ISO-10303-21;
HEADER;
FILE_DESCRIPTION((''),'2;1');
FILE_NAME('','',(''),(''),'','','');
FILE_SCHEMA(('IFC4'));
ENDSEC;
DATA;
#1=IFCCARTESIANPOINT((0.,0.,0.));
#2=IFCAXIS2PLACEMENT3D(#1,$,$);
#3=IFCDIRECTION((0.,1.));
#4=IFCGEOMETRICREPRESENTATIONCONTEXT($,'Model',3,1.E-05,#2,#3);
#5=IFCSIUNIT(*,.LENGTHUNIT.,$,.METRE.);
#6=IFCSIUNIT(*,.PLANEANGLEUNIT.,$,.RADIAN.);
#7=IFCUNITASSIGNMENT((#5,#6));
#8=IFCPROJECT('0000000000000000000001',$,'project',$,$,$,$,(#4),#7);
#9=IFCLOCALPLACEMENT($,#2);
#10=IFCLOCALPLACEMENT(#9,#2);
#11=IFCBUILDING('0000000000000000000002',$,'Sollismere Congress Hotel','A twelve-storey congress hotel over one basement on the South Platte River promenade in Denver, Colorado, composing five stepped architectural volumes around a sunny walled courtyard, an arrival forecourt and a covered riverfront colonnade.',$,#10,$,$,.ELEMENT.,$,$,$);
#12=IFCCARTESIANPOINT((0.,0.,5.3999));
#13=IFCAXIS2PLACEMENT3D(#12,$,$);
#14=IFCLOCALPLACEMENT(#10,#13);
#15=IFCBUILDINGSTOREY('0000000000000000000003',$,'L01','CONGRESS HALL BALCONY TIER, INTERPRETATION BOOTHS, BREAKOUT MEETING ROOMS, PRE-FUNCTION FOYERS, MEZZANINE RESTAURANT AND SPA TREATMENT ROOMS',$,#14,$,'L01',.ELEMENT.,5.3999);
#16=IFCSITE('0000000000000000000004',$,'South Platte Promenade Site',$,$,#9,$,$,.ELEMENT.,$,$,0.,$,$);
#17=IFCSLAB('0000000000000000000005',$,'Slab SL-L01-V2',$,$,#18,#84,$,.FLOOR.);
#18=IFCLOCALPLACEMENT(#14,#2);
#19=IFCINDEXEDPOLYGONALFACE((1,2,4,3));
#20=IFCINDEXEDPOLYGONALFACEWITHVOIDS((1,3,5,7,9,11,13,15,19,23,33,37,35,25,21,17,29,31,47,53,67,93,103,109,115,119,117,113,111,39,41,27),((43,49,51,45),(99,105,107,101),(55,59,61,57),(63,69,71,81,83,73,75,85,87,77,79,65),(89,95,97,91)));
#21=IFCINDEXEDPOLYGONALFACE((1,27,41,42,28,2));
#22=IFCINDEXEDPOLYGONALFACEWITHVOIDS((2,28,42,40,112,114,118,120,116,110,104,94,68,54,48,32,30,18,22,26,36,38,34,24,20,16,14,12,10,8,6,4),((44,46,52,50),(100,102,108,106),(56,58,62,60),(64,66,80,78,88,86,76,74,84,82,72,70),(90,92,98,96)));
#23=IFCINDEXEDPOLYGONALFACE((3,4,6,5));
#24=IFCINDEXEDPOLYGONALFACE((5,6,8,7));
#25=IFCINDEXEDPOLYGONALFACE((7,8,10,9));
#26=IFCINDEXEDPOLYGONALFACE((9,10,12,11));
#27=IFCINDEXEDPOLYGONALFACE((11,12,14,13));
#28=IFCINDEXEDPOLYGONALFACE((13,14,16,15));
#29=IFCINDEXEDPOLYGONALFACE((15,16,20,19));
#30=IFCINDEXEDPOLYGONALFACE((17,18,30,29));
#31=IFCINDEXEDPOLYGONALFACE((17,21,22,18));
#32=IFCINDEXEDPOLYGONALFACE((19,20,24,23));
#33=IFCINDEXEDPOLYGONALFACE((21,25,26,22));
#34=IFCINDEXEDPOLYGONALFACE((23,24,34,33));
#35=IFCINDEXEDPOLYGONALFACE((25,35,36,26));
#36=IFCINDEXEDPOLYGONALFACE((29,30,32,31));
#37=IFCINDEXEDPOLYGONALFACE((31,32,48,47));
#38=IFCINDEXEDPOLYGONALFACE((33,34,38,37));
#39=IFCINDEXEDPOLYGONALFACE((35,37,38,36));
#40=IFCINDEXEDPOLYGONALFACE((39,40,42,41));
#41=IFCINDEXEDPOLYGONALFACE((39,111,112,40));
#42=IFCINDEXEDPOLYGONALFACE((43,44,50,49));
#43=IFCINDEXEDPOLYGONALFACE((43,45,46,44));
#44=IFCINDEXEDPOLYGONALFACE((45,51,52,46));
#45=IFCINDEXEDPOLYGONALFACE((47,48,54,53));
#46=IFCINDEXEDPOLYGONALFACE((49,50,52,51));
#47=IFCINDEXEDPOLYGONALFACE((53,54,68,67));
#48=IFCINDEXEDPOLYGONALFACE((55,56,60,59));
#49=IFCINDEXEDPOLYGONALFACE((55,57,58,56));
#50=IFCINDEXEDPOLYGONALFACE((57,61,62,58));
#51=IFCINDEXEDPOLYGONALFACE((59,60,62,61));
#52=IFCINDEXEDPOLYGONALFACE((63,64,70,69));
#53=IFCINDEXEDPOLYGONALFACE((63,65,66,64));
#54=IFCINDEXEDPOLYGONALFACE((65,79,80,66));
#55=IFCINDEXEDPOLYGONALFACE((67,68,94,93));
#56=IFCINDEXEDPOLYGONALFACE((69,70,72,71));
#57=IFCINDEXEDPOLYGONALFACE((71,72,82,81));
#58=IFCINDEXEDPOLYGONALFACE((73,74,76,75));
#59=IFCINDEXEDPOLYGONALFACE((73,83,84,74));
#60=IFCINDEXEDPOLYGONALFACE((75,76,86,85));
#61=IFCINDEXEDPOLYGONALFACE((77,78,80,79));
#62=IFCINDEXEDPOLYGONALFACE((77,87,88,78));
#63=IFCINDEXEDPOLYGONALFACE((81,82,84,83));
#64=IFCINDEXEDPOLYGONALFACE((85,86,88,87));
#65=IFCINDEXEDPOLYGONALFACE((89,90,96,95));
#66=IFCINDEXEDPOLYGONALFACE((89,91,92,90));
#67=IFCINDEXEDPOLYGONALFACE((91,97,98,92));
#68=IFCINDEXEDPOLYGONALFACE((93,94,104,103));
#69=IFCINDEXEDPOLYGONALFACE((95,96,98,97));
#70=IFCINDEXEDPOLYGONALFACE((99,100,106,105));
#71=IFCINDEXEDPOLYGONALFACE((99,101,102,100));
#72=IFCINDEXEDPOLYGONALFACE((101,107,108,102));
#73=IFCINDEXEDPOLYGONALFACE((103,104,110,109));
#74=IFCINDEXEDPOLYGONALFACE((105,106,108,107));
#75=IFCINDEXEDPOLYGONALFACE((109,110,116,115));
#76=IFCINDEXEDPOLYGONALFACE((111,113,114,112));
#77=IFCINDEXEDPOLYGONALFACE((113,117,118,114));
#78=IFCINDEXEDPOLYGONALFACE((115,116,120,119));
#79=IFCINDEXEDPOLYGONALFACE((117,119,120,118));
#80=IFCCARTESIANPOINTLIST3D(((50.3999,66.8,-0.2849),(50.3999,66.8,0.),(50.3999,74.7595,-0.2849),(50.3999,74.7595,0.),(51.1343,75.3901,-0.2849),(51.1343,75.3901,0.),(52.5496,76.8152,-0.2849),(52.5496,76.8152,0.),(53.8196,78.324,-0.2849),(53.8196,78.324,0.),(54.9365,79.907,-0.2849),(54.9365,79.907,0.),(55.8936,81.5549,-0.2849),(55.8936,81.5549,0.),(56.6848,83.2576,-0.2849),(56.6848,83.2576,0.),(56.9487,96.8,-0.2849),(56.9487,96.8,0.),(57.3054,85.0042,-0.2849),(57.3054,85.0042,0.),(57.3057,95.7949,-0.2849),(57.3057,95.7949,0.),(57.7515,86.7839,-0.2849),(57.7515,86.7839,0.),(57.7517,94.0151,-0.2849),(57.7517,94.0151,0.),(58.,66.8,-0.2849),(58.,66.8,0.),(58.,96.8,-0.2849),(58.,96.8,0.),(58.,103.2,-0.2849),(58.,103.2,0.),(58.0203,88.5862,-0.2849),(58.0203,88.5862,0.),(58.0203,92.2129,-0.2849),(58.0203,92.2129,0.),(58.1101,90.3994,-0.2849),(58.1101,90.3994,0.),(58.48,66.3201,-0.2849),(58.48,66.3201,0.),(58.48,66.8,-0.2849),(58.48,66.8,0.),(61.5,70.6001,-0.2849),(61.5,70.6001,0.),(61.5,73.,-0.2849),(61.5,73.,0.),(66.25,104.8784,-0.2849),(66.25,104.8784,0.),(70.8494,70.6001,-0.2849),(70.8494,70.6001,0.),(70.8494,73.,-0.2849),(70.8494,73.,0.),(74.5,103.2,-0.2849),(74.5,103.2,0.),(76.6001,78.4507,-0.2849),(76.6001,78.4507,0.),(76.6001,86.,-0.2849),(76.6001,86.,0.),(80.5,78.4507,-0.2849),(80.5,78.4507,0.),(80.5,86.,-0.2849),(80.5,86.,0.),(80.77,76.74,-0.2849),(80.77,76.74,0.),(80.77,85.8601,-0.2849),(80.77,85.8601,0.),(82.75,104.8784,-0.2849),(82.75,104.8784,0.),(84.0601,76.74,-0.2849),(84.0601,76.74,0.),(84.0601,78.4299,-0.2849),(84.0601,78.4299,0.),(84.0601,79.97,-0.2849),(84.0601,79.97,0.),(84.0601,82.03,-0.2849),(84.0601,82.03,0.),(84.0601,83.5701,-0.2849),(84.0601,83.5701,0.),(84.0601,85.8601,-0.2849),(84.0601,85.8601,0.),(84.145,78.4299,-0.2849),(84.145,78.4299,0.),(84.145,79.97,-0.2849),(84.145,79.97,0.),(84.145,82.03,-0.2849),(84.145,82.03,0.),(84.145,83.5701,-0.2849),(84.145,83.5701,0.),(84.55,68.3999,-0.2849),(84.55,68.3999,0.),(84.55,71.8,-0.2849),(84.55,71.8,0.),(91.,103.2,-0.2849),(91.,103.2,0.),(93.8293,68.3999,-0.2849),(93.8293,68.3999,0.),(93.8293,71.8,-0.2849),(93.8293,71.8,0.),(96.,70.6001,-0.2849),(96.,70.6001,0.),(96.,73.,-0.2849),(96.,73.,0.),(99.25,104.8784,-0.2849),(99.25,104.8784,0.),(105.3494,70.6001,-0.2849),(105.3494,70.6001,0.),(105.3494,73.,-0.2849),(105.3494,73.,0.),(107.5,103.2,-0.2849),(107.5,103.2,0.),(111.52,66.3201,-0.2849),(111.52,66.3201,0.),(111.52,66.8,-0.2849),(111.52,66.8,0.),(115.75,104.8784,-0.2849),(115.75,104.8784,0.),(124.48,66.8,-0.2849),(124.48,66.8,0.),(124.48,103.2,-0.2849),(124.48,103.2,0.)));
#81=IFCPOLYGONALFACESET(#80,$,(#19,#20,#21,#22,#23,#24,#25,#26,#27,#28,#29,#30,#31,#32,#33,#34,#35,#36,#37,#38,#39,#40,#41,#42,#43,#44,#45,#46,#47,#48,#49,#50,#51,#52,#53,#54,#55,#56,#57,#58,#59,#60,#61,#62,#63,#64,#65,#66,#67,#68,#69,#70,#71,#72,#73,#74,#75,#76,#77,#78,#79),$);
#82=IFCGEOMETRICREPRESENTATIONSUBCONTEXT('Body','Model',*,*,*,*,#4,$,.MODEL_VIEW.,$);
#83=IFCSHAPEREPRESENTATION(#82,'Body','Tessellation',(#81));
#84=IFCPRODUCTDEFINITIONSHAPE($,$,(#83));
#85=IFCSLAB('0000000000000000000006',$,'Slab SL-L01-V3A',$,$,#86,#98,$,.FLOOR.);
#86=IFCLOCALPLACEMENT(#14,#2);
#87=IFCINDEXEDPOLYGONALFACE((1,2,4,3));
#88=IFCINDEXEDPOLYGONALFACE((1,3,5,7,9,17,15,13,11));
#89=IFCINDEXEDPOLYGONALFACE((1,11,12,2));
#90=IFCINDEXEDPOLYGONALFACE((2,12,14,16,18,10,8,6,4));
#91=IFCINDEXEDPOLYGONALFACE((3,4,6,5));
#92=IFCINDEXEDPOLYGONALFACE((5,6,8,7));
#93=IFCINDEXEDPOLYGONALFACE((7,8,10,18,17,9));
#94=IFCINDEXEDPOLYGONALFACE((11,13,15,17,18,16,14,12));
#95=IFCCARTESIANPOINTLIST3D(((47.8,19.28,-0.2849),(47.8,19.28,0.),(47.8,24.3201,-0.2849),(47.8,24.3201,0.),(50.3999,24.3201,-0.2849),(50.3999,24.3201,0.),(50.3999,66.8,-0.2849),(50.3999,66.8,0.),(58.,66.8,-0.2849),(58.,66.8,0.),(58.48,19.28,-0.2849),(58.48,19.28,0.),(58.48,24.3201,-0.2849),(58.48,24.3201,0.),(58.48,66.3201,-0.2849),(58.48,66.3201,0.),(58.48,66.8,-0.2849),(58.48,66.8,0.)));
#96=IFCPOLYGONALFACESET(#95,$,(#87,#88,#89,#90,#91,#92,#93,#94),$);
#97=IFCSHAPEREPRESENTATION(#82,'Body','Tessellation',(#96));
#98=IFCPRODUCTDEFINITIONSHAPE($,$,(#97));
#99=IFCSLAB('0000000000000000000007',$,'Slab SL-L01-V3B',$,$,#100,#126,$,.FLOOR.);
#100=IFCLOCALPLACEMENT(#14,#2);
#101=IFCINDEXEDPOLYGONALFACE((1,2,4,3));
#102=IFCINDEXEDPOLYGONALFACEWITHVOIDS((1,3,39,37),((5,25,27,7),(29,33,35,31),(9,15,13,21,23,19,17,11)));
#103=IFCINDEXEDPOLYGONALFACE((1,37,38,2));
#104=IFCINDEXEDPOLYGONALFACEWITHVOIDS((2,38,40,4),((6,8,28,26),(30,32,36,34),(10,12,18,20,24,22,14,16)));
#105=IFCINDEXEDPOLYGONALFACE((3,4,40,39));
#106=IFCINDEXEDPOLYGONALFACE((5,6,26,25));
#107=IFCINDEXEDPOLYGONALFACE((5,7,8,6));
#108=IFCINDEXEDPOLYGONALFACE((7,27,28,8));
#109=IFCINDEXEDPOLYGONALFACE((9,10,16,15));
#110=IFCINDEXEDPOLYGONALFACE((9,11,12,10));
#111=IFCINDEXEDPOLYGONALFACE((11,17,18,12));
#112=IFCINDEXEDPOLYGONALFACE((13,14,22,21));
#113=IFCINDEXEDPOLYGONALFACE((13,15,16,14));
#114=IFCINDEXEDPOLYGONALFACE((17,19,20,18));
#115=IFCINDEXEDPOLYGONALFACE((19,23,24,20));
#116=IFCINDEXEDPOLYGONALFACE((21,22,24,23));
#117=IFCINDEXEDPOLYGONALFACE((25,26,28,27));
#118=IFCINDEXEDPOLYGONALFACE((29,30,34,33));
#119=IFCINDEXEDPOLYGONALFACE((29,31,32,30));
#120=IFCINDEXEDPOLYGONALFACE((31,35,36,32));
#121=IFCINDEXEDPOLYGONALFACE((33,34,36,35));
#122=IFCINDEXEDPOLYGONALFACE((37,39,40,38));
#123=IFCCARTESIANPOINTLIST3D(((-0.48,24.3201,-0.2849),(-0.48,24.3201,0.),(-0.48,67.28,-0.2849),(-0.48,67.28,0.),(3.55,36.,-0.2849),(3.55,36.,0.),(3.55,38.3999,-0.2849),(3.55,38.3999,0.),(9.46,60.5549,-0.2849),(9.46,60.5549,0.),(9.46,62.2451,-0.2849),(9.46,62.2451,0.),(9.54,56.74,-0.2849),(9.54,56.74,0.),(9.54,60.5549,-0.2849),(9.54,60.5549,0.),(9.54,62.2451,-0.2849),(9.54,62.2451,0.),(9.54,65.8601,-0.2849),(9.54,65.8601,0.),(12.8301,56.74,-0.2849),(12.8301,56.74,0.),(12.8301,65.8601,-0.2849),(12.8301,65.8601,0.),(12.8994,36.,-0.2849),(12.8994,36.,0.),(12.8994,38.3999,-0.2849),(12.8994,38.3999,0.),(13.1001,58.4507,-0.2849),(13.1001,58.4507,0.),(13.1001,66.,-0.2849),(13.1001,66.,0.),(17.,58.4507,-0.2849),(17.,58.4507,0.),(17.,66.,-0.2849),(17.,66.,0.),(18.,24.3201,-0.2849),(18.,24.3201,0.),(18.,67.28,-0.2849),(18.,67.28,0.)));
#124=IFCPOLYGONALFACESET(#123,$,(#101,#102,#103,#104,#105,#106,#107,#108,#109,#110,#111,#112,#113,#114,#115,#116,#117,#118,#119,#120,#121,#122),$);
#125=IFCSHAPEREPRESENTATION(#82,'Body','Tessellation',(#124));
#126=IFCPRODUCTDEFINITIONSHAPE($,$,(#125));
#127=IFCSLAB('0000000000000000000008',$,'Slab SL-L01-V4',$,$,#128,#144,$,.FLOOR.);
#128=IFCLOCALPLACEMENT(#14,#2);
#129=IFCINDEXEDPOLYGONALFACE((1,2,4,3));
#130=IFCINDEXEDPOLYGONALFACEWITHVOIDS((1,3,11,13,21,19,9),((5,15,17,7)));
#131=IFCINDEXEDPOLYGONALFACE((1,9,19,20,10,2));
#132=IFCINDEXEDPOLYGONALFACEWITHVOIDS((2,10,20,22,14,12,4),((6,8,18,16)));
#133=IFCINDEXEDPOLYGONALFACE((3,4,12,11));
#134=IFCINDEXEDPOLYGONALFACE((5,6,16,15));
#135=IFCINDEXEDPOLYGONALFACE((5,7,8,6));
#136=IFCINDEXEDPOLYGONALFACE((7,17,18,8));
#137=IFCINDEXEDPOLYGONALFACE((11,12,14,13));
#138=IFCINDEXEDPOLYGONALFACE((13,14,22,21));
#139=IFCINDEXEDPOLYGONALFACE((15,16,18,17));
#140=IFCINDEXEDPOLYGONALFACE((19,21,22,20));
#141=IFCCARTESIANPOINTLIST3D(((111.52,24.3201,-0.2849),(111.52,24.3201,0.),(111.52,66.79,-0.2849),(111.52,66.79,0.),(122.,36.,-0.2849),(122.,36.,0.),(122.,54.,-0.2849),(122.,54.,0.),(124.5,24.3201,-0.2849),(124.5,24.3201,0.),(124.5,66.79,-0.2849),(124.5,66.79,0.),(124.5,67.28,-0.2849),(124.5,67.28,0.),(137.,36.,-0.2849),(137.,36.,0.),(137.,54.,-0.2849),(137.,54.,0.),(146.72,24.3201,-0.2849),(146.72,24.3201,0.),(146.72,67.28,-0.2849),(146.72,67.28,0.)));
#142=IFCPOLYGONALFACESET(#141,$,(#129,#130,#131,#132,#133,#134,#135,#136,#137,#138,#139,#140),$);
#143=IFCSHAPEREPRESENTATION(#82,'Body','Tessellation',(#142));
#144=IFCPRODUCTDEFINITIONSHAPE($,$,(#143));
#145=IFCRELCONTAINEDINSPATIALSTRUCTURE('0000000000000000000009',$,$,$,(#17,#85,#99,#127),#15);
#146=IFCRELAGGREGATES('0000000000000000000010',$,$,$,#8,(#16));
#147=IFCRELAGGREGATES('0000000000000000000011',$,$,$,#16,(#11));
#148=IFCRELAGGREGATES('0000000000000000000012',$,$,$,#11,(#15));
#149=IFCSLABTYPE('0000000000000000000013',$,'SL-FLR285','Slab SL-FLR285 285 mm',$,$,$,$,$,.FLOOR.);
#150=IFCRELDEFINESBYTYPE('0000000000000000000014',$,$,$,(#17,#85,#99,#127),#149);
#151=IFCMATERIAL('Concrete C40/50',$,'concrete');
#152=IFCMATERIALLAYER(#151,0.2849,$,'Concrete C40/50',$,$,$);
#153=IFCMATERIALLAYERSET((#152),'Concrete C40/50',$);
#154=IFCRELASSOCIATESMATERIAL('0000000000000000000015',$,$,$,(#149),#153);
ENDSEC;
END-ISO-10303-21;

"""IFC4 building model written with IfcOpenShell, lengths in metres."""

from ifc_helpers import new_model, si_unit, direction, frame, origin, place, context, subcontext, project, spatial, polyline, outline, extrude, material, layer, layer_set, type_object, element, save


model = new_model("IFC4")

# Units and contexts
model_context = context("Model", 3, precision=1e-05, world=origin(), true_north=direction((0.0, 1.0)))
body_context = subcontext(model_context, "Body", "Model", "MODEL_VIEW")
ifc_project = project(units=[si_unit("LENGTHUNIT", "METRE"), si_unit("PLANEANGLEUNIT", "RADIAN")], contexts=[model_context])

# Site, building, storey
site_placement = place(None, origin())
site = spatial("IfcSite", under=ifc_project, at=site_placement, Name="South Platte Promenade Site", CompositionType="ELEMENT", RefElevation=0.0)
building_placement = place(site_placement, origin())
building = spatial("IfcBuilding", under=site, at=building_placement, Name="Sollismere Congress Hotel", Description="A twelve-storey congress hotel over one basement on the South Platte River promenade in Denver, Colorado, composing five stepped architectural volumes around a sunny walled courtyard, an arrival forecourt and a covered riverfront colonnade.", CompositionType="ELEMENT")
storey_placement = place(building_placement, frame((0.0, 0.0, 5.3999)))
storey = spatial("IfcBuildingStorey", under=building, at=storey_placement, Name="L01", Description="CONGRESS HALL BALCONY TIER, INTERPRETATION BOOTHS, BREAKOUT MEETING ROOMS, PRE-FUNCTION FOYERS, MEZZANINE RESTAURANT AND SPA TREATMENT ROOMS", LongName="L01", CompositionType="ELEMENT", Elevation=5.3999)

# Slabs
ifc_material_1 = material(Name="Concrete C40/50", Category="concrete")
ifc_layer_1 = layer(ifc_material_1, 0.2849, Name="Concrete C40/50")
ifc_layer_set_1 = layer_set([ifc_layer_1], Name="Concrete C40/50")
slab_type_1 = type_object("IfcSlabType", Name="SL-FLR285", Description="Slab SL-FLR285 285 mm", PredefinedType="FLOOR", material=ifc_layer_set_1)
slab_1_placement = place(storey_placement, frame((0.0, 0.0, -0.2849)))
element("IfcSlab", 1, at=slab_1_placement, inside=storey, type_object=slab_type_1, Name="Slab SL-L01-V2", PredefinedType="FLOOR", context=body_context, shape_type="SweptSolid", body=[
    extrude(outline(polyline([(58.48, 66.3201), (111.52, 66.3201), (111.52, 66.8), (124.48, 66.8), (124.48, 103.2), (115.75, 104.8784), (107.5, 103.2), (99.25, 104.8784), (91.0, 103.2), (82.75, 104.8784), (74.5, 103.2), (66.25, 104.8784), (58.0, 103.2), (58.0, 96.8), (56.9487, 96.8), (57.3057, 95.7949), (57.7517, 94.0151), (58.0203, 92.2129), (58.1101, 90.3994), (58.0203, 88.5862), (57.7515, 86.7839), (57.3054, 85.0042), (56.6848, 83.2576), (55.8936, 81.5549), (54.9365, 79.907), (53.8196, 78.324), (52.5496, 76.8152), (51.1343, 75.3901), (50.3999, 74.7595), (50.3999, 66.8), (58.0, 66.8), (58.48, 66.8), (58.48, 66.3201)]), holes=[polyline([(84.55, 71.8), (93.8293, 71.8), (93.8293, 68.3999), (84.55, 68.3999), (84.55, 71.8)]), polyline([(70.8494, 73.0), (70.8494, 70.6001), (61.5, 70.6001), (61.5, 73.0), (70.8494, 73.0)]), polyline([(105.3494, 73.0), (105.3494, 70.6001), (96.0, 70.6001), (96.0, 73.0), (105.3494, 73.0)]), polyline([(80.77, 76.74), (80.77, 85.8601), (84.0601, 85.8601), (84.0601, 83.5701), (84.145, 83.5701), (84.145, 82.03), (84.0601, 82.03), (84.0601, 79.97), (84.145, 79.97), (84.145, 78.4299), (84.0601, 78.4299), (84.0601, 76.74), (80.77, 76.74)]), polyline([(80.5, 86.0), (80.5, 78.4507), (76.6001, 78.4507), (76.6001, 86.0), (80.5, 86.0)])]), origin(), (0.0, 0.0, 1.0), 0.2849),
])
slab_2_placement = place(storey_placement, frame((0.0, 0.0, -0.2849)))
element("IfcSlab", 2, at=slab_2_placement, inside=storey, type_object=slab_type_1, Name="Slab SL-L01-V3A", PredefinedType="FLOOR", context=body_context, shape_type="SweptSolid", body=[
    extrude(outline(polyline([(47.8, 19.28), (58.48, 19.28), (58.48, 24.3201), (58.48, 66.3201), (58.48, 66.8), (58.0, 66.8), (50.3999, 66.8), (50.3999, 24.3201), (47.8, 24.3201), (47.8, 19.28)])), origin(), (0.0, 0.0, 1.0), 0.2849),
])
slab_3_placement = place(storey_placement, frame((0.0, 0.0, -0.2849)))
element("IfcSlab", 3, at=slab_3_placement, inside=storey, type_object=slab_type_1, Name="Slab SL-L01-V3B", PredefinedType="FLOOR", context=body_context, shape_type="SweptSolid", body=[
    extrude(outline(polyline([(18.0, 24.3201), (18.0, 67.28), (-0.48, 67.28), (-0.48, 24.3201), (18.0, 24.3201)]), holes=[polyline([(3.55, 38.3999), (12.8994, 38.3999), (12.8994, 36.0), (3.55, 36.0), (3.55, 38.3999)]), polyline([(9.54, 60.5549), (9.46, 60.5549), (9.46, 62.2451), (9.54, 62.2451), (9.54, 65.8601), (12.8301, 65.8601), (12.8301, 56.74), (9.54, 56.74), (9.54, 60.5549)]), polyline([(13.1001, 66.0), (17.0, 66.0), (17.0, 58.4507), (13.1001, 58.4507), (13.1001, 66.0)])]), origin(), (0.0, 0.0, 1.0), 0.2849),
])
slab_4_placement = place(storey_placement, frame((0.0, 0.0, -0.2849)))
element("IfcSlab", 4, at=slab_4_placement, inside=storey, type_object=slab_type_1, Name="Slab SL-L01-V4", PredefinedType="FLOOR", context=body_context, shape_type="SweptSolid", body=[
    extrude(outline(polyline([(111.52, 24.3201), (124.5, 24.3201), (146.72, 24.3201), (146.72, 67.28), (124.5, 67.28), (124.5, 66.79), (111.52, 66.79), (111.52, 24.3201)]), holes=[polyline([(137.0, 36.0), (122.0, 36.0), (122.0, 54.0), (137.0, 54.0), (137.0, 36.0)])]), origin(), (0.0, 0.0, 1.0), 0.2849),
])

save(model, "model.ifc")
